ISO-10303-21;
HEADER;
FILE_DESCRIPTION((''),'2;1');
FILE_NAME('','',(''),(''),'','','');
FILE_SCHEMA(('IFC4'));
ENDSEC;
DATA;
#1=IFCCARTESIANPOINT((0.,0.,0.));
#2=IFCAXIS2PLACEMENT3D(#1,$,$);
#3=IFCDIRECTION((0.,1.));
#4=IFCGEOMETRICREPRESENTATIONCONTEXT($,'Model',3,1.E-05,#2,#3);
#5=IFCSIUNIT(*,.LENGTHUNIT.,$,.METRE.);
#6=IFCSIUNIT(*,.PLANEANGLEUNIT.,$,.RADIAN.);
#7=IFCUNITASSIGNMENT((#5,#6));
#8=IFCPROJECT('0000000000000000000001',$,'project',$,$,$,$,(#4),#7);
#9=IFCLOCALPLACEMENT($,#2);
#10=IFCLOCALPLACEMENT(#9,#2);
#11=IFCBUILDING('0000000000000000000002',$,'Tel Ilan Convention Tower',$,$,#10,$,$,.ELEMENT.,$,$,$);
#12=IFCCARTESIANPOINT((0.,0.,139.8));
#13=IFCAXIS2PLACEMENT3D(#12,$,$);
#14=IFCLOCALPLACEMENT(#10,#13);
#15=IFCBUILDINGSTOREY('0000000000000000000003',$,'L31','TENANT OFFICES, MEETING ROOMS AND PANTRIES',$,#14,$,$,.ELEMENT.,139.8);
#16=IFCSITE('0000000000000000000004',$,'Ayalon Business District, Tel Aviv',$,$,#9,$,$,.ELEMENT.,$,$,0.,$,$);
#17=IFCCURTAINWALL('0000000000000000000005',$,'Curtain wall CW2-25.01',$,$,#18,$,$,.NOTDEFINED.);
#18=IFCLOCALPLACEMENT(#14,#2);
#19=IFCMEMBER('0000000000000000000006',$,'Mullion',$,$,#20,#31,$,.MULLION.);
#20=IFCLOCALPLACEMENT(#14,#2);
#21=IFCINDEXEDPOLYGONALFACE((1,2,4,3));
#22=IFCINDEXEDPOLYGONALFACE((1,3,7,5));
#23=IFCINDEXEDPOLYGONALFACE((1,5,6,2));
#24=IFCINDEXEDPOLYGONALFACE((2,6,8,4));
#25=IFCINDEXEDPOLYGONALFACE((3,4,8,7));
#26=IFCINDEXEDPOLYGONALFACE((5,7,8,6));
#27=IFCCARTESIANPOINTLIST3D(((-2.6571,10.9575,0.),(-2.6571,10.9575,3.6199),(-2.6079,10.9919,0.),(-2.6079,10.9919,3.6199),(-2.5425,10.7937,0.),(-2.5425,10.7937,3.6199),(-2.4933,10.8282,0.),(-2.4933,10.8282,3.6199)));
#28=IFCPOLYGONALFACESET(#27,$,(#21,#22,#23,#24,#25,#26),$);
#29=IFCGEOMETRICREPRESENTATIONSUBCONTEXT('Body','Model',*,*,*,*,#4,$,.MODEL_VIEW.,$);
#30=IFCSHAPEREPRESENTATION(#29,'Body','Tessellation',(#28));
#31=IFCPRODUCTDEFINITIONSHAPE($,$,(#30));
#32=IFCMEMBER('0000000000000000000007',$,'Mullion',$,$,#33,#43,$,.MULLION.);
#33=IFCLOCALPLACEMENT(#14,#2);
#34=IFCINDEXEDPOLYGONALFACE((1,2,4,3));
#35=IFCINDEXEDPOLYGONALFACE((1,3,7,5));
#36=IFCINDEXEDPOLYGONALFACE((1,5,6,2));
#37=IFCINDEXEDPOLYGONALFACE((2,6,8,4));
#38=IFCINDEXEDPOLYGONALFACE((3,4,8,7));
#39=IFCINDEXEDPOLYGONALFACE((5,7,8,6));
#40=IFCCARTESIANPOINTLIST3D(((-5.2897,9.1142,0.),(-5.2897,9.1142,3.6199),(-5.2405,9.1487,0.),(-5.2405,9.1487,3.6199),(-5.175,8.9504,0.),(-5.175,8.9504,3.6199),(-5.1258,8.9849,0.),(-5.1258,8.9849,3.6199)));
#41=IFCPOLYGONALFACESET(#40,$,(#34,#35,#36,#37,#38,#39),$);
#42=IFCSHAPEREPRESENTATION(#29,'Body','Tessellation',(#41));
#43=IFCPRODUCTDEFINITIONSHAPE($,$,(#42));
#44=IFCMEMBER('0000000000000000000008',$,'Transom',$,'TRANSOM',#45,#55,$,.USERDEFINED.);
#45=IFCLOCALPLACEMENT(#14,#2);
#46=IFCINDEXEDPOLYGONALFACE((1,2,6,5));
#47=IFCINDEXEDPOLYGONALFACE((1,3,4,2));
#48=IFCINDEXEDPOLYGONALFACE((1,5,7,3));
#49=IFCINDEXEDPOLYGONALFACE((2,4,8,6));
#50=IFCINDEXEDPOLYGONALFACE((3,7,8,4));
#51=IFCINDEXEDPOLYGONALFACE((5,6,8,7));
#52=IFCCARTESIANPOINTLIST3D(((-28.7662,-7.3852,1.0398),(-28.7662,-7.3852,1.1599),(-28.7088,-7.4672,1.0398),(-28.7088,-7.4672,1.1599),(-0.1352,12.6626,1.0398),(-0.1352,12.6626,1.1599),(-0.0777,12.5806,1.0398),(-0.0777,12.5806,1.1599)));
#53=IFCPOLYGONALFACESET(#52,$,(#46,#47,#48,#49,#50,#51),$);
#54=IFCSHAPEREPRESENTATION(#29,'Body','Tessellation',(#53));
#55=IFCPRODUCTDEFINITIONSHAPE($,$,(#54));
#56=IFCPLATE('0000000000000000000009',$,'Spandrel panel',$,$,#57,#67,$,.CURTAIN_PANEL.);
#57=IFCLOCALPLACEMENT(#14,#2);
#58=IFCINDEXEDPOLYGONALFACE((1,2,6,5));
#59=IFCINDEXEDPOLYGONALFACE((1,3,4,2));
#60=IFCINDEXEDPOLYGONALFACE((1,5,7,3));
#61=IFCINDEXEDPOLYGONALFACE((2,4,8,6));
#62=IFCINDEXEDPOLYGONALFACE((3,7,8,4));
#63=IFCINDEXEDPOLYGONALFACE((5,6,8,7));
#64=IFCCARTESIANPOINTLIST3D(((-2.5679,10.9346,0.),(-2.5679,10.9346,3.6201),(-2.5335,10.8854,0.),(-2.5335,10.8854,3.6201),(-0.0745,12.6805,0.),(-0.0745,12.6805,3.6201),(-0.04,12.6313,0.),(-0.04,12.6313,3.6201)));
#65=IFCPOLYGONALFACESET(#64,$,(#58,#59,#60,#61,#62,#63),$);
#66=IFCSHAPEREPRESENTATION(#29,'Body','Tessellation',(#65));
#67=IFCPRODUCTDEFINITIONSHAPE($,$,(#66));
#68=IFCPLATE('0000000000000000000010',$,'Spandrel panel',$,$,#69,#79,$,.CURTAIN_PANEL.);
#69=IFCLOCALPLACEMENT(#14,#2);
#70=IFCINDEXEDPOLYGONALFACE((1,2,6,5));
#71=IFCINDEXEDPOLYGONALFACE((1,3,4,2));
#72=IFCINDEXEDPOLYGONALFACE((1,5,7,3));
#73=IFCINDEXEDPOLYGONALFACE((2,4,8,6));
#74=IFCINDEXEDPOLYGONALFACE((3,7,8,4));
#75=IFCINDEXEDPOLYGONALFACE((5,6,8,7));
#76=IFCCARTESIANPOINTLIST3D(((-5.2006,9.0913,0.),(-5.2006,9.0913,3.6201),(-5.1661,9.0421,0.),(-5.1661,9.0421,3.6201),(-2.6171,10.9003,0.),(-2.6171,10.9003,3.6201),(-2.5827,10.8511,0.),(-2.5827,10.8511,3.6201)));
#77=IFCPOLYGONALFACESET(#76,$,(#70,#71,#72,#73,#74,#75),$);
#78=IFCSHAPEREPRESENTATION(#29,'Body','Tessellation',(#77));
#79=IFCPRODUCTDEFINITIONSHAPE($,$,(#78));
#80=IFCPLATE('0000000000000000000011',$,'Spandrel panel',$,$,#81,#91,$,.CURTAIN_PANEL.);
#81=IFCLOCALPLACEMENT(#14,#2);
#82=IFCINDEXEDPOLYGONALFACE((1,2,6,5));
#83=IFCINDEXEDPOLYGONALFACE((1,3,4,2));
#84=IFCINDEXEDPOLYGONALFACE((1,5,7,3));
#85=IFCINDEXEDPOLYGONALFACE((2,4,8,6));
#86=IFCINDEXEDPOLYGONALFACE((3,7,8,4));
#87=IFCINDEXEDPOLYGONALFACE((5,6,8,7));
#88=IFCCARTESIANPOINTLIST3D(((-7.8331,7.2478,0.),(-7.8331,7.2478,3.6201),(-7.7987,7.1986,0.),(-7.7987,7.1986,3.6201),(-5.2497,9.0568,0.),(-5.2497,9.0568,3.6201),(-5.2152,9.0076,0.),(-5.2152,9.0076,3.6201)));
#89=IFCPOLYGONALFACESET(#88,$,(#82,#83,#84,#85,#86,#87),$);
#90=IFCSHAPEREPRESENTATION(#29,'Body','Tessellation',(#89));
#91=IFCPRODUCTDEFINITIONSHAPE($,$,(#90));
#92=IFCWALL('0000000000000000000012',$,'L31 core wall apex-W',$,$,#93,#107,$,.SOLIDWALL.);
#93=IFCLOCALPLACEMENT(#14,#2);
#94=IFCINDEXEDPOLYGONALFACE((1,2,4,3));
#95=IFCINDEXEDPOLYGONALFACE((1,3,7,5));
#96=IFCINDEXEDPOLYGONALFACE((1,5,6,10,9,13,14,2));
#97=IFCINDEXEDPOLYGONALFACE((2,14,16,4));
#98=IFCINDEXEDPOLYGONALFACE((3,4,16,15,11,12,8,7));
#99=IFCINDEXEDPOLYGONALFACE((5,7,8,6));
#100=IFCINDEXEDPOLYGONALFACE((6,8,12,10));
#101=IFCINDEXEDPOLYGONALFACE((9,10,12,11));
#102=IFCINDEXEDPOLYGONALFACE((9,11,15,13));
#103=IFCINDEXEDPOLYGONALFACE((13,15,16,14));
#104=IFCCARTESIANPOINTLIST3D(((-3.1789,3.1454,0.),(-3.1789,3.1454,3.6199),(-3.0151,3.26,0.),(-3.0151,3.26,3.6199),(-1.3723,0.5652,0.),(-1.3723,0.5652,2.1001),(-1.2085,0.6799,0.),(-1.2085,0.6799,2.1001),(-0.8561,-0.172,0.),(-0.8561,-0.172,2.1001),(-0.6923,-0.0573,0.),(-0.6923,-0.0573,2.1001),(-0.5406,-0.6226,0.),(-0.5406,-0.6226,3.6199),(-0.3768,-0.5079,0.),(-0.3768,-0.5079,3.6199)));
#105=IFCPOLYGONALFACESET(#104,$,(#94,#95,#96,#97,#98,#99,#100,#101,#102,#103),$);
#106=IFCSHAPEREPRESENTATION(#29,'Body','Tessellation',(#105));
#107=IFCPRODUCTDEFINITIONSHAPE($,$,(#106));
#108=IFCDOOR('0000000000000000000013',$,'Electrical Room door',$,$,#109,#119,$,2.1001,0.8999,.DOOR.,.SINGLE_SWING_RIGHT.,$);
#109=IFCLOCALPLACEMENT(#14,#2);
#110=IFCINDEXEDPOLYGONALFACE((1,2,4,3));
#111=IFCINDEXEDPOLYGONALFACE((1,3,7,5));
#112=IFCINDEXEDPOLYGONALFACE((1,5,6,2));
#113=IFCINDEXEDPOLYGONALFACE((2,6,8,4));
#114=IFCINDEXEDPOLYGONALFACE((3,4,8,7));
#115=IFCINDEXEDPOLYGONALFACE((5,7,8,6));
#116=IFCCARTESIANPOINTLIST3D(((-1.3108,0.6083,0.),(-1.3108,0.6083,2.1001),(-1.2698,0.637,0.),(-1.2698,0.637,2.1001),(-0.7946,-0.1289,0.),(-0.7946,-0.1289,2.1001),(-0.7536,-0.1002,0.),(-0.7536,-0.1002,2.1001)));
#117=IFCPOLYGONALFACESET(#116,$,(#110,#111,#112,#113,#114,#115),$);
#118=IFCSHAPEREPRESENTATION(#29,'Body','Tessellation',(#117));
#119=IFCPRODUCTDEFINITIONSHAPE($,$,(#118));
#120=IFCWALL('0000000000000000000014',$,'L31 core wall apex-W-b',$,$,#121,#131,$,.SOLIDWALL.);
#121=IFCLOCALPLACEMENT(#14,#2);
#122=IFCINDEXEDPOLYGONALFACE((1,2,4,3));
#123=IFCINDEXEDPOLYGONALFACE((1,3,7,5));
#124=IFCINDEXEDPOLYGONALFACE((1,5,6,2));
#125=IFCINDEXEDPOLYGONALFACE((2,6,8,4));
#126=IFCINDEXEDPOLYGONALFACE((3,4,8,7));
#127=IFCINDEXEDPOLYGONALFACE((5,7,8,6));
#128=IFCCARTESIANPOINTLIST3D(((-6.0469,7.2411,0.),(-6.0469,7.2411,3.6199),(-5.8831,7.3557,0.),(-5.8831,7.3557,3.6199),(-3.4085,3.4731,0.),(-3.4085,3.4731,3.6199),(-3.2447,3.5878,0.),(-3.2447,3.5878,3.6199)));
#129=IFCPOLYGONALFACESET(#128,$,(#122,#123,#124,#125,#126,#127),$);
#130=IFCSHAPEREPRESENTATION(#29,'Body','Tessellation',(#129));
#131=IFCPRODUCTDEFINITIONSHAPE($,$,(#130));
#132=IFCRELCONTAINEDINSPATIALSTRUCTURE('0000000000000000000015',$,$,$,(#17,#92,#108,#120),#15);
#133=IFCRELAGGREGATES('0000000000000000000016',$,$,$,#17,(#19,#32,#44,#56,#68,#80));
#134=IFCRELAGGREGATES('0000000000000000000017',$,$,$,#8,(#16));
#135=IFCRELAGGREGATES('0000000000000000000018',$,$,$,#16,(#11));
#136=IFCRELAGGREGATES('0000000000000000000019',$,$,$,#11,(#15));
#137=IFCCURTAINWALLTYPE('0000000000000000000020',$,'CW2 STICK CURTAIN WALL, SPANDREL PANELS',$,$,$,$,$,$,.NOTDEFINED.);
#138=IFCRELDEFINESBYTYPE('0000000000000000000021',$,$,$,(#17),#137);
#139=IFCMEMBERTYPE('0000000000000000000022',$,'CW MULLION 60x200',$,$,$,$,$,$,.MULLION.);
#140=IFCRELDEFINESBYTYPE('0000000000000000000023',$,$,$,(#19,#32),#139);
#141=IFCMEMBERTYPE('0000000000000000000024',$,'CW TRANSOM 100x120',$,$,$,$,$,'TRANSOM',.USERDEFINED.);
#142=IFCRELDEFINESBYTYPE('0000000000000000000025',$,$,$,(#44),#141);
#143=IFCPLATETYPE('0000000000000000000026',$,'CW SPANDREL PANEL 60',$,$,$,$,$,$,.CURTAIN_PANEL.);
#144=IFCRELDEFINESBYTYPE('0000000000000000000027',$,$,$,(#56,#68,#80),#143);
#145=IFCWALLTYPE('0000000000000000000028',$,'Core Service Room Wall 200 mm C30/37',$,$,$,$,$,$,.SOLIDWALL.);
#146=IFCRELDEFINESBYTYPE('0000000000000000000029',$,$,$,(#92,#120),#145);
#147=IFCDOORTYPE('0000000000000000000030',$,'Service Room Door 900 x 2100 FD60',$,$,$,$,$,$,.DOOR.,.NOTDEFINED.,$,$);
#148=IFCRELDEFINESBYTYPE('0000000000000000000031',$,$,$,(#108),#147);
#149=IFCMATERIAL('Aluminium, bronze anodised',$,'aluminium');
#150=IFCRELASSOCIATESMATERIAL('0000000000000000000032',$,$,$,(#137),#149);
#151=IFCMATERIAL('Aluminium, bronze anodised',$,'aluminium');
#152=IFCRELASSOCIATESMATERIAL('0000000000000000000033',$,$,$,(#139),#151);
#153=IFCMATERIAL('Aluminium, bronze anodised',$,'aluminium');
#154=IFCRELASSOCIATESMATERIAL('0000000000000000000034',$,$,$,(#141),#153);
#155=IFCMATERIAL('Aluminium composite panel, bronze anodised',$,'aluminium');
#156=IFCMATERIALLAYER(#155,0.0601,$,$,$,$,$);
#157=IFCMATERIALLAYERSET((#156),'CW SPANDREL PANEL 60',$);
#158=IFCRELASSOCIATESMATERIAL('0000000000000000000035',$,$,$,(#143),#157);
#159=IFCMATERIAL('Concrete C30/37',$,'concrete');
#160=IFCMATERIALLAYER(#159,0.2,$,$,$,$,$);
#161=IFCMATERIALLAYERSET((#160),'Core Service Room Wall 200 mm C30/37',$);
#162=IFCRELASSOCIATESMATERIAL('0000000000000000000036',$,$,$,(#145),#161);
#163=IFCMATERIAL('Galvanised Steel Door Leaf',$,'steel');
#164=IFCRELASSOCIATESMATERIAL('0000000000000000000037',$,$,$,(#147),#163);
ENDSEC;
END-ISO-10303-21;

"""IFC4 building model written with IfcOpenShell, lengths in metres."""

from ifc_helpers import new_model, si_unit, direction, frame, frame_2d, origin, origin_2d, place, context, subcontext, project, spatial, rectangle, extrude, material, layer, layer_set, material_profile, profile_set, type_object, element, fill, aggregate, save


model = new_model("IFC4")

# Units and contexts
model_context = context("Model", 3, precision=1e-05, world=origin(), true_north=direction((0.0, 1.0)))
body_context = subcontext(model_context, "Body", "Model", "MODEL_VIEW")
ifc_project = project(units=[si_unit("LENGTHUNIT", "METRE"), si_unit("PLANEANGLEUNIT", "RADIAN")], contexts=[model_context])

# Site, building, storey
site_placement = place(None, origin())
site = spatial("IfcSite", under=ifc_project, at=site_placement, Name="Ayalon Business District, Tel Aviv", CompositionType="ELEMENT", RefElevation=0.0)
building_placement = place(site_placement, origin())
building = spatial("IfcBuilding", under=site, at=building_placement, Name="Tel Ilan Convention Tower", CompositionType="ELEMENT")
storey_placement = place(building_placement, frame((0.0, 0.0, 139.8)))
storey = spatial("IfcBuildingStorey", under=building, at=storey_placement, Name="L31", Description="TENANT OFFICES, MEETING ROOMS AND PANTRIES", CompositionType="ELEMENT", Elevation=139.8)

# Curtain wall, members, plates
ifc_material_1 = material(Name="Aluminium, bronze anodised", Category="aluminium")
curtain_wall_type = type_object("IfcCurtainWallType", Name="CW2 STICK CURTAIN WALL, SPANDREL PANELS", PredefinedType="NOTDEFINED", material=ifc_material_1)
curtain_wall_placement = place(storey_placement, origin())
curtain_wall = element("IfcCurtainWall", 1, at=curtain_wall_placement, inside=storey, type_object=curtain_wall_type, Name="Curtain wall CW2-25.01", PredefinedType="NOTDEFINED")
ifc_material_2 = material(Name="Aluminium, bronze anodised", Category="aluminium")
ifc_material_profile_1 = material_profile(ifc_material_2, rectangle(XDim=0.0601, YDim=0.2, at=origin_2d()), Name="CW MULLION 60x200")
ifc_profile_set_1 = profile_set([ifc_material_profile_1], Name="Aluminium, bronze anodised")
member_type_1 = type_object("IfcMemberType", Name="CW MULLION 60x200", PredefinedType="MULLION", material=ifc_profile_set_1)
member_1_placement = place(storey_placement, frame((-2.5752, 10.8928, 0.0), z_axis=(0.0, 0.0, 1.0), x_axis=(-0.819152, -0.573576, 0.0)))
member_1 = element("IfcMember", 2, at=member_1_placement, type_object=member_type_1, Name="Mullion", PredefinedType="MULLION", context=body_context, shape_type="SweptSolid", body=[
    extrude(rectangle(XDim=0.0601, YDim=0.2, at=origin_2d()), origin(), (0.0, 0.0, 1.0), 3.6199),
])
member_2_placement = place(storey_placement, frame((-5.2078, 9.0496, 0.0), z_axis=(0.0, 0.0, 1.0), x_axis=(-0.819152, -0.573576, 0.0)))
member_2 = element("IfcMember", 3, at=member_2_placement, type_object=member_type_1, Name="Mullion", PredefinedType="MULLION", context=body_context, shape_type="SweptSolid", body=[
    extrude(rectangle(XDim=0.0601, YDim=0.2, at=origin_2d()), origin(), (0.0, 0.0, 1.0), 3.6199),
])
ifc_material_3 = material(Name="Aluminium, bronze anodised", Category="aluminium")
ifc_material_profile_2 = material_profile(ifc_material_3, rectangle(XDim=0.1001, YDim=0.1201, at=origin_2d()), Name="CW TRANSOM 100x120")
ifc_profile_set_2 = profile_set([ifc_material_profile_2], Name="Aluminium, bronze anodised")
member_type_2 = type_object("IfcMemberType", Name="CW TRANSOM 100x120", ElementType="TRANSOM", PredefinedType="USERDEFINED", material=ifc_profile_set_2)
member_3_placement = place(storey_placement, frame((-0.1064, 12.6216, 1.0999), z_axis=(-0.81915, -0.573579, 0.0), x_axis=(0.573579, -0.81915, 0.0)))
member_3 = element("IfcMember", 4, at=member_3_placement, type_object=member_type_2, Name="Transom", ObjectType="TRANSOM", PredefinedType="USERDEFINED", context=body_context, shape_type="SweptSolid", body=[
    extrude(rectangle(XDim=0.1001, YDim=0.1201, at=origin_2d()), origin(), (0.0, 0.0, 1.0), 34.9521),
])
ifc_material_4 = material(Name="Aluminium composite panel, bronze anodised", Category="aluminium")
ifc_layer_1 = layer(ifc_material_4, 0.0601)
ifc_layer_set_1 = layer_set([ifc_layer_1], Name="CW SPANDREL PANEL 60")
plate_type = type_object("IfcPlateType", Name="CW SPANDREL PANEL 60", PredefinedType="CURTAIN_PANEL", material=ifc_layer_set_1)
plate_1_placement = place(storey_placement, frame((-1.304, 11.783, 0.0), z_axis=(0.0, 0.0, 1.0), x_axis=(-0.819152, -0.573576, 0.0)))
plate_1 = element("IfcPlate", 5, at=plate_1_placement, type_object=plate_type, Name="Spandrel panel", PredefinedType="CURTAIN_PANEL", context=body_context, shape_type="SweptSolid", body=[
    extrude(rectangle(XDim=3.0439, YDim=0.0601, at=origin_2d()), origin(), (0.0, 0.0, 1.0), 3.6201),
])
plate_2_placement = place(storey_placement, frame((-3.8916, 9.9712, 0.0), z_axis=(0.0, 0.0, 1.0), x_axis=(-0.819152, -0.573576, 0.0)))
plate_2 = element("IfcPlate", 6, at=plate_2_placement, type_object=plate_type, Name="Spandrel panel", PredefinedType="CURTAIN_PANEL", context=body_context, shape_type="SweptSolid", body=[
    extrude(rectangle(XDim=3.1538, YDim=0.0601, at=origin_2d()), origin(), (0.0, 0.0, 1.0), 3.6201),
])
plate_3_placement = place(storey_placement, frame((-6.5242, 8.1277, 0.0), z_axis=(0.0, 0.0, 1.0), x_axis=(-0.819152, -0.573576, 0.0)))
plate_3 = element("IfcPlate", 7, at=plate_3_placement, type_object=plate_type, Name="Spandrel panel", PredefinedType="CURTAIN_PANEL", context=body_context, shape_type="SweptSolid", body=[
    extrude(rectangle(XDim=3.1538, YDim=0.0601, at=origin_2d()), origin(), (0.0, 0.0, 1.0), 3.6201),
])
aggregate(curtain_wall, [member_1, member_2, member_3, plate_1, plate_2, plate_3])

# Wall, opening, door
ifc_material_5 = material(Name="Concrete C30/37", Category="concrete")
ifc_layer_2 = layer(ifc_material_5, 0.2)
ifc_layer_set_2 = layer_set([ifc_layer_2], Name="Core Service Room Wall 200 mm C30/37")
wall_type_1 = type_object("IfcWallType", Name="Core Service Room Wall 200 mm C30/37", PredefinedType="SOLIDWALL", material=ifc_layer_set_2)
wall_1_placement = place(storey_placement, frame((-0.4587, -0.5652, 0.0), z_axis=(0.0, 0.0, 1.0), x_axis=(-0.573576, 0.819152, 0.0)))
wall_1 = element("IfcWall", 8, at=wall_1_placement, inside=storey, type_object=wall_type_1, Name="L31 core wall apex-W", PredefinedType="SOLIDWALL", context=body_context, shape_type="SweptSolid", body=[
    extrude(rectangle(XDim=4.5999, YDim=0.2, at=frame_2d((2.2998, 0.0))), origin(), (0.0, 0.0, 1.0), 3.6199),
])
opening_1_placement = place(wall_1_placement, frame((0.55, 0.0, 0.0)))
opening_1 = element("IfcOpeningElement", 9, at=opening_1_placement, cuts=wall_1, PredefinedType="OPENING", context=body_context, shape_type="SweptSolid", body=[
    extrude(rectangle(XDim=0.8999, YDim=2.1001, at=frame_2d((0.45, 1.05))), frame((0.0, 0.1099, 0.0), z_axis=(0.0, -1.0, 0.0), x_axis=(1.0, 0.0, 0.0)), (0.0, 0.0, 1.0), 0.22),
])
ifc_material_6 = material(Name="Galvanised Steel Door Leaf", Category="steel")
door_type_1 = type_object("IfcDoorType", Name="Service Room Door 900 x 2100 FD60", OperationType="NOTDEFINED", PredefinedType="DOOR", material=ifc_material_6)
door_1_placement = place(opening_1_placement, origin())
door_1 = element("IfcDoor", 10, at=door_1_placement, inside=storey, type_object=door_type_1, Name="Electrical Room door", OperationType="SINGLE_SWING_RIGHT", OverallHeight=2.1001, OverallWidth=0.8999, PredefinedType="DOOR", context=body_context, shape_type="SweptSolid", body=[
    extrude(rectangle(XDim=0.8999, YDim=2.1001, at=frame_2d((0.45, 1.05))), frame((0.0, 0.0249, 0.0), z_axis=(0.0, -1.0, 0.0), x_axis=(1.0, 0.0, 0.0)), (0.0, 0.0, 1.0), 0.05),
])
fill(opening_1, door_1)

# Wall
wall_2_placement = place(storey_placement, frame((-3.3267, 3.5305, 0.0), z_axis=(0.0, 0.0, 1.0), x_axis=(-0.573576, 0.819152, 0.0)))
element("IfcWall", 11, at=wall_2_placement, inside=storey, type_object=wall_type_1, Name="L31 core wall apex-W-b", PredefinedType="SOLIDWALL", context=body_context, shape_type="SweptSolid", body=[
    extrude(rectangle(XDim=4.5999, YDim=0.2, at=frame_2d((2.2998, 0.0))), origin(), (0.0, 0.0, 1.0), 3.6199),
])

save(model, "model.ifc")
